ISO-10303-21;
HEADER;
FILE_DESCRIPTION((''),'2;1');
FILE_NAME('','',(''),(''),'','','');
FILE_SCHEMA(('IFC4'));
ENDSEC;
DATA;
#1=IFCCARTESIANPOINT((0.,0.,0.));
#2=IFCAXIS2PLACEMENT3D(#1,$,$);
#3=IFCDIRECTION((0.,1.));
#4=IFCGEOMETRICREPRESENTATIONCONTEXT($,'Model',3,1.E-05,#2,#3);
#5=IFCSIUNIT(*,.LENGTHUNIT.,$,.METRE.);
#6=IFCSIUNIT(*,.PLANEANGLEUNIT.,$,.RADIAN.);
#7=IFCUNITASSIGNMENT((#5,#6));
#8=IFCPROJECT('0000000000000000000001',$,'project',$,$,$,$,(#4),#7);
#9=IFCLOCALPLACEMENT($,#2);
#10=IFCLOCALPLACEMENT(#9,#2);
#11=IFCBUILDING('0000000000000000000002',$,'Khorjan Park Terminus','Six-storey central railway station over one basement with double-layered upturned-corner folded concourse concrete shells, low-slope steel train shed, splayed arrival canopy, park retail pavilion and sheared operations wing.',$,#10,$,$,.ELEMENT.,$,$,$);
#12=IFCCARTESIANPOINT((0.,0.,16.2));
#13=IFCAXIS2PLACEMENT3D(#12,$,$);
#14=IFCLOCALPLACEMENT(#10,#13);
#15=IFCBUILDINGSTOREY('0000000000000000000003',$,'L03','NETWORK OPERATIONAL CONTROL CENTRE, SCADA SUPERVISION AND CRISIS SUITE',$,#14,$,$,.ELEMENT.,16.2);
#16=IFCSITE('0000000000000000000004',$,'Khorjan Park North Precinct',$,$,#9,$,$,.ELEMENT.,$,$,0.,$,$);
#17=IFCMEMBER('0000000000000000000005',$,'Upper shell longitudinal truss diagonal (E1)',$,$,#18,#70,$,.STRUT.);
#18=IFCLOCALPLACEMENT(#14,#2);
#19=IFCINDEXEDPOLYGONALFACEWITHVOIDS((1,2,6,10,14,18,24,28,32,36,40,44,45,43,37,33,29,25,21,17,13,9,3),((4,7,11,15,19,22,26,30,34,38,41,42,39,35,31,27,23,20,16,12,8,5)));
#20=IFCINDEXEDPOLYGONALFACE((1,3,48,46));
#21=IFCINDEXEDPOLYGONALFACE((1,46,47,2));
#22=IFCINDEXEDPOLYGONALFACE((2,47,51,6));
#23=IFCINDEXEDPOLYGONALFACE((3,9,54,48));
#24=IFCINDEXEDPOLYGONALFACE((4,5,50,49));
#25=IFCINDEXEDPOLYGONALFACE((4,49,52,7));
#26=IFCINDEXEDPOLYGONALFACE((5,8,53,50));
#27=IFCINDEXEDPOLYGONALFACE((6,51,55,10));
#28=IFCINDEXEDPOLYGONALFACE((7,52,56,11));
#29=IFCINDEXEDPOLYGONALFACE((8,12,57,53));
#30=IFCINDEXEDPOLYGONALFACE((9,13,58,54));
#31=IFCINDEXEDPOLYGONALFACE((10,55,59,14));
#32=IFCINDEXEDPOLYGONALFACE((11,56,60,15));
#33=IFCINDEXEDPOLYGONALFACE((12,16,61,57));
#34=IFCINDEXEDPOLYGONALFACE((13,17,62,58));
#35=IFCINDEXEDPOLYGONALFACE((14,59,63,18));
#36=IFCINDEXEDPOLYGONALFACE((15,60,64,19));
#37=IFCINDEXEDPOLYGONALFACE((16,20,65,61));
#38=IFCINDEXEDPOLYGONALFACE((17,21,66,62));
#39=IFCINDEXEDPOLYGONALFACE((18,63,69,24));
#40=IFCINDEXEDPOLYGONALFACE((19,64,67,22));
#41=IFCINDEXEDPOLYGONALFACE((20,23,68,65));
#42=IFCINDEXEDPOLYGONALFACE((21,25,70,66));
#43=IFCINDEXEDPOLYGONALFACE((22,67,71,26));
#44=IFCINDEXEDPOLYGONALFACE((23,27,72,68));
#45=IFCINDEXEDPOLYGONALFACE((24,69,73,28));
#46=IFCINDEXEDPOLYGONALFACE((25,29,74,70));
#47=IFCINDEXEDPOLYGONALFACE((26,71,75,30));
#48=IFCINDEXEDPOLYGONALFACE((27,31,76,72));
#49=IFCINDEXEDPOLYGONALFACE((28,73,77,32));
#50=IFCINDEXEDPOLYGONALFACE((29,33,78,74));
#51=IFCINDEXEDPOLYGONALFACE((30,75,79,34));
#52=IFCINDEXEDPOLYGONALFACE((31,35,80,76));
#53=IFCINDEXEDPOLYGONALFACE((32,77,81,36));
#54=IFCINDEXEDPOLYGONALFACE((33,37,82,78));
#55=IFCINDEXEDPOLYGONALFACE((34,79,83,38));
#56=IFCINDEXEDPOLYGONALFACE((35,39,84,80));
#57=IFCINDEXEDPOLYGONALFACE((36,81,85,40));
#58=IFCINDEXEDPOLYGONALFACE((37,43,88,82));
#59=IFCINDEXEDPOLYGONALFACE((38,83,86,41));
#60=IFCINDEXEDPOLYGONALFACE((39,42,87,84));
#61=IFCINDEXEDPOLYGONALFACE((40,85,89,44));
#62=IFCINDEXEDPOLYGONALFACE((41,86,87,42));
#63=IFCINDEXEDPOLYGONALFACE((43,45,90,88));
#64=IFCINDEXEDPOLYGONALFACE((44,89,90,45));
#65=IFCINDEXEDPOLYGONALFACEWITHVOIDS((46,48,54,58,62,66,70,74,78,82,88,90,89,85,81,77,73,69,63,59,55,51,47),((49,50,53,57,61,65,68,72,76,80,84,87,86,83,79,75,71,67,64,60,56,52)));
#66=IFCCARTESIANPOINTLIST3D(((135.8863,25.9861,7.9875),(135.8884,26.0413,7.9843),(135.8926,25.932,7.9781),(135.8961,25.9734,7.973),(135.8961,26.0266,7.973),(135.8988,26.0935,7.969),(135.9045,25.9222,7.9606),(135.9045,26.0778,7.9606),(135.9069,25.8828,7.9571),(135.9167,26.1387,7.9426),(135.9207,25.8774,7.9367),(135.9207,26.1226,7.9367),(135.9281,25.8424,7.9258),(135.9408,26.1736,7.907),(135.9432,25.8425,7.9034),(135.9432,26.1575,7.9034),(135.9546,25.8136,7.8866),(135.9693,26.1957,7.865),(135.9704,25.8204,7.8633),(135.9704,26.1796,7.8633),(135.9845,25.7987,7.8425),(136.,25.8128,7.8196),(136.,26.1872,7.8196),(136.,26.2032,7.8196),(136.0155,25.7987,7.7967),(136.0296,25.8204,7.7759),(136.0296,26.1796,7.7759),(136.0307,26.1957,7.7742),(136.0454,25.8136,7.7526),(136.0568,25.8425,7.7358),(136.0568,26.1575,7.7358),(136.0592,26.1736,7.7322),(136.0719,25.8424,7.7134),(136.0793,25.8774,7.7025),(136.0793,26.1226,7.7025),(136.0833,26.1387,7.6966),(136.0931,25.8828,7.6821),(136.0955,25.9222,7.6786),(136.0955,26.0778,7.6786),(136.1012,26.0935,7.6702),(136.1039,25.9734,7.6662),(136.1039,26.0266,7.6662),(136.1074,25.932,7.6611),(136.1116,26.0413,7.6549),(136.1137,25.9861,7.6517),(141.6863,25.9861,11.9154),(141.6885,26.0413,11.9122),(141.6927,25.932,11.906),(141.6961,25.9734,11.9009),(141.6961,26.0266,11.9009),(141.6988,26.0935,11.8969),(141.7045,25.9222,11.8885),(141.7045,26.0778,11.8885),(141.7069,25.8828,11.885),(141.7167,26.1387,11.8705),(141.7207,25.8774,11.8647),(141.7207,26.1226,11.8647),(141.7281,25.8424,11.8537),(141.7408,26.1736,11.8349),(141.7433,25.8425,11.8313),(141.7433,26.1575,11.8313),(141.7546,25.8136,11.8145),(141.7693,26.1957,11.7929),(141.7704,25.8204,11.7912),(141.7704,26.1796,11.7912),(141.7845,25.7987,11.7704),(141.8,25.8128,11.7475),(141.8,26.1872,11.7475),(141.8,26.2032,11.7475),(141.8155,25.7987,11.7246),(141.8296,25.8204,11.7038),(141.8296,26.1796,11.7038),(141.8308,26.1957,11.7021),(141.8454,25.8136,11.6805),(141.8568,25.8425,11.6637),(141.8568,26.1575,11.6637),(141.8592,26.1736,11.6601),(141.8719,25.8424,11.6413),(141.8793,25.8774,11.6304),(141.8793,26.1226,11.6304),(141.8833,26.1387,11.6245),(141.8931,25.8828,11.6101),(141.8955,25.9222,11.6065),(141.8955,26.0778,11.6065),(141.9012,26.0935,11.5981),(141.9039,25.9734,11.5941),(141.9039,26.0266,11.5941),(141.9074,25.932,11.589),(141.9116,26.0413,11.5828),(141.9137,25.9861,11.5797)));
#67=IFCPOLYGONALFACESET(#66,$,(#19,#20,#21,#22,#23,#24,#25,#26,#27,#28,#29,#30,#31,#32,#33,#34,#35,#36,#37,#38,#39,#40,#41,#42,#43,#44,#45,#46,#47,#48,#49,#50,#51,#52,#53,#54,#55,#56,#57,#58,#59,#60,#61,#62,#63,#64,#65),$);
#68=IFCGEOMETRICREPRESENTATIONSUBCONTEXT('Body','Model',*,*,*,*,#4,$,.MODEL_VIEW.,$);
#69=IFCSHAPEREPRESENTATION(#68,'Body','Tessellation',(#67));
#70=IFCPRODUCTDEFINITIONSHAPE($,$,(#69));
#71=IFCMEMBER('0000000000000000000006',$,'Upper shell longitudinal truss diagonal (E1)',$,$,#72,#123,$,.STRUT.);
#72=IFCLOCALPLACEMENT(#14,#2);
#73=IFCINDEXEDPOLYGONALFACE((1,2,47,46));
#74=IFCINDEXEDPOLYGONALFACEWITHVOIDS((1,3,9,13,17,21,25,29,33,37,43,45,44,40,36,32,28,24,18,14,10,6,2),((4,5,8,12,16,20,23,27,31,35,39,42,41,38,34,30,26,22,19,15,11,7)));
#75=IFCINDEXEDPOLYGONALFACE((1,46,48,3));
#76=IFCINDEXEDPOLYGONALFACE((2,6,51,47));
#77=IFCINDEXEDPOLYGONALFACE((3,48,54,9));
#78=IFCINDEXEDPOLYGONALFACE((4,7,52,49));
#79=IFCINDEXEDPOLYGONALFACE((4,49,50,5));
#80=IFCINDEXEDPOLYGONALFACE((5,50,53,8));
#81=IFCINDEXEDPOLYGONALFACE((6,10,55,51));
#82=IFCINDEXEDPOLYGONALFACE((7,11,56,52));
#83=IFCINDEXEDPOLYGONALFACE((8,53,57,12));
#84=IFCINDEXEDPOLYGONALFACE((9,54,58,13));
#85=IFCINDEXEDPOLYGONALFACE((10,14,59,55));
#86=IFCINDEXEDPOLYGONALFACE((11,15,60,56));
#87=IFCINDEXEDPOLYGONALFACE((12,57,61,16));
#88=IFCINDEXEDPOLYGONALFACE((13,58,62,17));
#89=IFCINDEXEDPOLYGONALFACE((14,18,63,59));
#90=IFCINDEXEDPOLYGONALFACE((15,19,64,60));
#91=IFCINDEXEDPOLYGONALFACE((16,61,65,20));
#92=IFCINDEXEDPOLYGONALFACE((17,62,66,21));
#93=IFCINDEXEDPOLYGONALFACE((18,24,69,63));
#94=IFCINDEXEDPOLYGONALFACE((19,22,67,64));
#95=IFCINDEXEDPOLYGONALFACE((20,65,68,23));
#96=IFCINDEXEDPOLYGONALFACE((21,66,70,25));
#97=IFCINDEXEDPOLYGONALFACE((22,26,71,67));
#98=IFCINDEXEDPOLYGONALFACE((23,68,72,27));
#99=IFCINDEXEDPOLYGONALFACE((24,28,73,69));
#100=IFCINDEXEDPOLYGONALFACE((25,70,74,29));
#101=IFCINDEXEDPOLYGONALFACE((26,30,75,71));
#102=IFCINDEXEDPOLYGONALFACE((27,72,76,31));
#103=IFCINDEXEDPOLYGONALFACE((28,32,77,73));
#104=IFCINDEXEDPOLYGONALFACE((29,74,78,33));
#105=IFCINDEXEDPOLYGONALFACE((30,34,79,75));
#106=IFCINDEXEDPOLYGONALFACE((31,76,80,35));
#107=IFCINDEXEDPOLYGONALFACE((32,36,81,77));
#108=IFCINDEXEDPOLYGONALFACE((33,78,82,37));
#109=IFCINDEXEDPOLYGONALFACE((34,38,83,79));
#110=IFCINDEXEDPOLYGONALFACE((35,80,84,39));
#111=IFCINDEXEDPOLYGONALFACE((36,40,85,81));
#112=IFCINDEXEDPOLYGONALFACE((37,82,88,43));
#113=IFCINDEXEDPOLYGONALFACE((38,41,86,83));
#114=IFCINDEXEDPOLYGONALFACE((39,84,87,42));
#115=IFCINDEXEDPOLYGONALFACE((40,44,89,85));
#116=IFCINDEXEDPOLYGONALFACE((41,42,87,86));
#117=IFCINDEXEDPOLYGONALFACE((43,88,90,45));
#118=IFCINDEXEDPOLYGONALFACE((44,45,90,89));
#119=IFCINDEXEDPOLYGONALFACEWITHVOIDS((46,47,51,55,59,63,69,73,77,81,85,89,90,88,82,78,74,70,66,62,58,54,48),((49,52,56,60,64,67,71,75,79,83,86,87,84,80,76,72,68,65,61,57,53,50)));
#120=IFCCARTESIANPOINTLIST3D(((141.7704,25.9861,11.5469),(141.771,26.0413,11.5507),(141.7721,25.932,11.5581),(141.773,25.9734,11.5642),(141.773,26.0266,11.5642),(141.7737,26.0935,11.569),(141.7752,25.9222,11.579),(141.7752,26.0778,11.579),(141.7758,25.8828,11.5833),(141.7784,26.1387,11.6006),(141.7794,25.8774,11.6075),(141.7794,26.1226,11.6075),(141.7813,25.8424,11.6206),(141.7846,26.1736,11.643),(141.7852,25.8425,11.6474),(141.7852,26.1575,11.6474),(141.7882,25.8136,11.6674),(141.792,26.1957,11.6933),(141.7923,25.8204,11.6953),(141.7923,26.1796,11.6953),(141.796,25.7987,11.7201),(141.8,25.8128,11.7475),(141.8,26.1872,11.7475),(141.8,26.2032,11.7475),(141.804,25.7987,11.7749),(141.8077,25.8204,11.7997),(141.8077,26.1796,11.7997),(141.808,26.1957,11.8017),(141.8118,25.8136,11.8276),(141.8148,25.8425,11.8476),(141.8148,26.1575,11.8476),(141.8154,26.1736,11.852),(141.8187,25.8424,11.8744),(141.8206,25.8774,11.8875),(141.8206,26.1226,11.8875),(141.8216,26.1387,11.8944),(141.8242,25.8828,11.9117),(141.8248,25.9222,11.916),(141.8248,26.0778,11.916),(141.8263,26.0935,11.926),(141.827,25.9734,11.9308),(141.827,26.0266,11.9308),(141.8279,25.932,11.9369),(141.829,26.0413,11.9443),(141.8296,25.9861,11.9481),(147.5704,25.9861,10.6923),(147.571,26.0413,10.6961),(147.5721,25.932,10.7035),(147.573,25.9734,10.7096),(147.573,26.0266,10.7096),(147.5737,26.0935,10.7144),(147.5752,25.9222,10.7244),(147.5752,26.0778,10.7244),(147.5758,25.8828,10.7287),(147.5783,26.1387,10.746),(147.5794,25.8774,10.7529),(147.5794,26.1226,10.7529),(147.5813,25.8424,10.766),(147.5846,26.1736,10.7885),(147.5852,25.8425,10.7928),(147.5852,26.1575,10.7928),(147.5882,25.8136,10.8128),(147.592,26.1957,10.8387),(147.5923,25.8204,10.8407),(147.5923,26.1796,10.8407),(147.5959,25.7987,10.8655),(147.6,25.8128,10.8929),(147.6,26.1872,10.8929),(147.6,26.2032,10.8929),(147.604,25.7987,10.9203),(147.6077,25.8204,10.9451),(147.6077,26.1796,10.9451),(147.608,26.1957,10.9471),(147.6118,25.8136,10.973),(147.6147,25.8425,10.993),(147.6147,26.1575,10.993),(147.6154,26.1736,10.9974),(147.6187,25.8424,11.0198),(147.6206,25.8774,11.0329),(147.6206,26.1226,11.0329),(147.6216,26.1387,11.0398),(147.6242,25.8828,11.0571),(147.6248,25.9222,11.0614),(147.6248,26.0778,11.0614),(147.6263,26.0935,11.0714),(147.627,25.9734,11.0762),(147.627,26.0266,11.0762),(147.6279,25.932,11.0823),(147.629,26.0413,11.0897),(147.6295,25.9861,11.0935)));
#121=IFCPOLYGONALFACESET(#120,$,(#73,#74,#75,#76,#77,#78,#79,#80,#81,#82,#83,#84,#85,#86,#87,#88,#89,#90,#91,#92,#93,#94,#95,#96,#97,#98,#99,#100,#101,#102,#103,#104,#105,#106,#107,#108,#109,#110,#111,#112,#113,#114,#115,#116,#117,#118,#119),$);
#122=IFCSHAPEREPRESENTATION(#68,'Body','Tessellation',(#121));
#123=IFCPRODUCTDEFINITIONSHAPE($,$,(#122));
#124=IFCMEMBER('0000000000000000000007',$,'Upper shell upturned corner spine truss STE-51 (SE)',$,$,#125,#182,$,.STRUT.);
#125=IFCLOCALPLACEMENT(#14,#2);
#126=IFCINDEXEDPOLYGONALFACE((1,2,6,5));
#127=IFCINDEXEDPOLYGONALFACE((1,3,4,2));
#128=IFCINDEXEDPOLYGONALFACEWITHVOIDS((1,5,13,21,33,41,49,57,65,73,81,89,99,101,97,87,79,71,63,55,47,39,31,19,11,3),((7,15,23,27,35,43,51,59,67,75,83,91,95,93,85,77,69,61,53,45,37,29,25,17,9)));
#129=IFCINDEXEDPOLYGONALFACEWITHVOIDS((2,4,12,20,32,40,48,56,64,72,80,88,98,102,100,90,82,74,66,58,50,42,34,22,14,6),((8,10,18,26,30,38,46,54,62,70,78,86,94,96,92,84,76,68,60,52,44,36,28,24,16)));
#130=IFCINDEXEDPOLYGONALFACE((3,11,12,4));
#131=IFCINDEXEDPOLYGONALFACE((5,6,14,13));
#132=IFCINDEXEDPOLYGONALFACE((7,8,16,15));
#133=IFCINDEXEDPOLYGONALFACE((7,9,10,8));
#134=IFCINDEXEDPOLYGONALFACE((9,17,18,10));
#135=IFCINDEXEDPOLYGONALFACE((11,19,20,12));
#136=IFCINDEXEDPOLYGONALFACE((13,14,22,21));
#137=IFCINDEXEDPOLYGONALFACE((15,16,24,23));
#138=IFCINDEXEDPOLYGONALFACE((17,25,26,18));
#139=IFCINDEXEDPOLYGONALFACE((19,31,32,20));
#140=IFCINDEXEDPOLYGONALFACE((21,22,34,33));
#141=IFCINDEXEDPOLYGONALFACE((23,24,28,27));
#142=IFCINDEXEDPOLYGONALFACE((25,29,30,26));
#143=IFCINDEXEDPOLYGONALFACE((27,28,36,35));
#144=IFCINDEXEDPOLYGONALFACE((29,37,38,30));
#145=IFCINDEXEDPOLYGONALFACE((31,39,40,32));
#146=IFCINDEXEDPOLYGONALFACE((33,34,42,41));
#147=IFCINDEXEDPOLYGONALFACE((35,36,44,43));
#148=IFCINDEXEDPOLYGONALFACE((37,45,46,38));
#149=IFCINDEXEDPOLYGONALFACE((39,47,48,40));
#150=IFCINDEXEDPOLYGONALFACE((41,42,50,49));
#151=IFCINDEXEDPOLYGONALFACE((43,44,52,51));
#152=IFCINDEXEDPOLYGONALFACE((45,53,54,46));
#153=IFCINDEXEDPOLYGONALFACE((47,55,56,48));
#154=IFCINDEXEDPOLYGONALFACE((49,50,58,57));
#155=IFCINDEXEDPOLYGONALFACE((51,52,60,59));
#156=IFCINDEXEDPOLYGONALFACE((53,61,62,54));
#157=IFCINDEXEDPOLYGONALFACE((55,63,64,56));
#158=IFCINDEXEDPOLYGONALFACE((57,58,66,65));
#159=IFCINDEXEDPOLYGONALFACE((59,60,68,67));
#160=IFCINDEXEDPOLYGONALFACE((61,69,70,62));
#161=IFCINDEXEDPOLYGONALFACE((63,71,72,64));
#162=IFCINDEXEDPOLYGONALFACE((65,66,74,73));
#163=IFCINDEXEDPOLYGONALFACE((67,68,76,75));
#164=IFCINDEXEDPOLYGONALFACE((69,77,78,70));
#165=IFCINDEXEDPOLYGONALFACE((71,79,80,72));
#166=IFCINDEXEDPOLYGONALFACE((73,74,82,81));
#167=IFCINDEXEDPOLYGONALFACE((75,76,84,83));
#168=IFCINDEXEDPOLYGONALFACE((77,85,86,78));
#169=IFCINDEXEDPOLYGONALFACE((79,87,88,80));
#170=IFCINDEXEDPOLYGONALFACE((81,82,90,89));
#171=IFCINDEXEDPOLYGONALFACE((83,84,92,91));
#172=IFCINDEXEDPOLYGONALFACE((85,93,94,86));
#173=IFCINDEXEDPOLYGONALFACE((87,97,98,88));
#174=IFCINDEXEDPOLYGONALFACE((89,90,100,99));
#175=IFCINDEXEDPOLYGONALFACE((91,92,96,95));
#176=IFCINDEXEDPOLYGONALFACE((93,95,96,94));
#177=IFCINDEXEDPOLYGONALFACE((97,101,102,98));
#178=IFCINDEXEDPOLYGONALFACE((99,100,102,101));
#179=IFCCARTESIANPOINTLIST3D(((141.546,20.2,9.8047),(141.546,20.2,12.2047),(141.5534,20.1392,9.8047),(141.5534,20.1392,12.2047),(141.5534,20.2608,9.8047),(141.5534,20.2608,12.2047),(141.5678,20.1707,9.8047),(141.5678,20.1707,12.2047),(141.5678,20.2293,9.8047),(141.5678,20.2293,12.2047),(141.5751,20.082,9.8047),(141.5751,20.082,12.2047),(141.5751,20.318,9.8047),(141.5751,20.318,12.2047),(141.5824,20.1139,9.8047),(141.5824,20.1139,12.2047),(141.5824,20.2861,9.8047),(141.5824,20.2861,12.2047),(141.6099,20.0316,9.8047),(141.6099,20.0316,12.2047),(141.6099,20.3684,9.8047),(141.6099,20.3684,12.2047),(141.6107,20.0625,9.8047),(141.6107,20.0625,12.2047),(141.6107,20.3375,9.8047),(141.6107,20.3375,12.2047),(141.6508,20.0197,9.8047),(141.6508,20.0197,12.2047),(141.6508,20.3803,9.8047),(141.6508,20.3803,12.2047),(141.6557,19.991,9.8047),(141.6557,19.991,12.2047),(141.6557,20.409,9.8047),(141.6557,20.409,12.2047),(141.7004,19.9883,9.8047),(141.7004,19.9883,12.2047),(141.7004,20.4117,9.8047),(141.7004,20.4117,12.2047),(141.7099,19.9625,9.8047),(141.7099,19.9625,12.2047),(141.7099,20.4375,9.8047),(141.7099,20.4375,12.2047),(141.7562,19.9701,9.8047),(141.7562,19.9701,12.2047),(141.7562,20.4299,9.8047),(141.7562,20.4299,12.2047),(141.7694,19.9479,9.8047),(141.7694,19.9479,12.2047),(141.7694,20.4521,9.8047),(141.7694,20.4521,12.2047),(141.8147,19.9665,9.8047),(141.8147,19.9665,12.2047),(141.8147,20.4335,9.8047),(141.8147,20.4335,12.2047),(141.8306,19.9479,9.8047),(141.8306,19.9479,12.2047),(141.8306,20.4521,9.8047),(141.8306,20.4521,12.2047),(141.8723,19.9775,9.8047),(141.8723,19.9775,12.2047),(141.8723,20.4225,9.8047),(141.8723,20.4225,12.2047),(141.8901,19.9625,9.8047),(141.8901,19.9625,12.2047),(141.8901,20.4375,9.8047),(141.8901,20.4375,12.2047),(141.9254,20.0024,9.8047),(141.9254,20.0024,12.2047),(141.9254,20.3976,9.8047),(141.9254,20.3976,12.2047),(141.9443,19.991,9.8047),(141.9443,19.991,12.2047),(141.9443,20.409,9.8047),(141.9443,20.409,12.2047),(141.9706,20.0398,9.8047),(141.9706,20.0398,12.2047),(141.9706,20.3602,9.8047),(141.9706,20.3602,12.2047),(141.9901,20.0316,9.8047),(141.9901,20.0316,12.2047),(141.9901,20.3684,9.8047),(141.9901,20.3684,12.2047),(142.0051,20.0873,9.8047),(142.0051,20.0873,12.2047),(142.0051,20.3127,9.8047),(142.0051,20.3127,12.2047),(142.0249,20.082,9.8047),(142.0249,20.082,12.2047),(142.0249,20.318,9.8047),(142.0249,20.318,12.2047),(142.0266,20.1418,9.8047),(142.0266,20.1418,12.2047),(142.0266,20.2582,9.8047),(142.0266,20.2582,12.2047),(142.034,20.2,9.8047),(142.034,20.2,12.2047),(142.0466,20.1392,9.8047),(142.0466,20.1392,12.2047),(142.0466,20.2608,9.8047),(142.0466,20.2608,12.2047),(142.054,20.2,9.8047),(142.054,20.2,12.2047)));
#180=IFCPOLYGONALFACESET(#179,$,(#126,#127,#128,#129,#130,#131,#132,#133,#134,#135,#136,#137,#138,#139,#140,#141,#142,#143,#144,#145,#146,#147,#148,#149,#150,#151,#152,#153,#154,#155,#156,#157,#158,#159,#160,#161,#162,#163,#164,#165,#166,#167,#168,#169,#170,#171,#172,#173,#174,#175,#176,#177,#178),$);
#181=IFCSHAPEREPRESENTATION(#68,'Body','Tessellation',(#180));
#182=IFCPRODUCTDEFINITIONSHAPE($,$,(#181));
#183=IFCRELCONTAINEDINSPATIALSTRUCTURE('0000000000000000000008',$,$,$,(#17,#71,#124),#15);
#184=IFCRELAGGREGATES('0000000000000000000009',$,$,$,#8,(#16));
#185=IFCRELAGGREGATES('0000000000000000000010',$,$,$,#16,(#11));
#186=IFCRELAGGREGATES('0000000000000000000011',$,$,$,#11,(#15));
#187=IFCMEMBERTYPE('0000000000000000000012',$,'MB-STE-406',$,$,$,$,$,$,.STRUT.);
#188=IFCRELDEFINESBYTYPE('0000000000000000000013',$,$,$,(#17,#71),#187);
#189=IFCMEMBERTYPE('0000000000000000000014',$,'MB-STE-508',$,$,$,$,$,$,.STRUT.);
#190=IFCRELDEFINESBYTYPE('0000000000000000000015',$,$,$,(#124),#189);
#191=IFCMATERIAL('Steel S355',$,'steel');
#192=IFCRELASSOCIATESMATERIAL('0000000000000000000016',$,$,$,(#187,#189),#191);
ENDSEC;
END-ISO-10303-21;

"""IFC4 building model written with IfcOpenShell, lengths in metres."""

from ifc_helpers import new_model, si_unit, direction, frame, origin, origin_2d, place, context, subcontext, project, spatial, hollow_circle, extrude, material, material_profile, profile_set, type_object, element, save


model = new_model("IFC4")

# Units and contexts
model_context = context("Model", 3, precision=1e-05, world=origin(), true_north=direction((0.0, 1.0)))
body_context = subcontext(model_context, "Body", "Model", "MODEL_VIEW")
ifc_project = project(units=[si_unit("LENGTHUNIT", "METRE"), si_unit("PLANEANGLEUNIT", "RADIAN")], contexts=[model_context])

# Site, building, storey
site_placement = place(None, origin())
site = spatial("IfcSite", under=ifc_project, at=site_placement, Name="Khorjan Park North Precinct", CompositionType="ELEMENT", RefElevation=0.0)
building_placement = place(site_placement, origin())
building = spatial("IfcBuilding", under=site, at=building_placement, Name="Khorjan Park Terminus", Description="Six-storey central railway station over one basement with double-layered upturned-corner folded concourse concrete shells, low-slope steel train shed, splayed arrival canopy, park retail pavilion and sheared operations wing.", CompositionType="ELEMENT")
storey_placement = place(building_placement, frame((0.0, 0.0, 16.2)))
storey = spatial("IfcBuildingStorey", under=building, at=storey_placement, Name="L03", Description="NETWORK OPERATIONAL CONTROL CENTRE, SCADA SUPERVISION AND CRISIS SUITE", CompositionType="ELEMENT", Elevation=16.2)

# Members
ifc_material = material(Name="Steel S355", Category="steel")
ifc_material_profile_1 = material_profile(ifc_material, hollow_circle(Radius=0.2032, WallThickness=0.016, at=origin_2d()), Name="CHS 406.4x16")
ifc_profile_set_1 = profile_set([ifc_material_profile_1], Name="Steel S355")
member_type_1 = type_object("IfcMemberType", Name="MB-STE-406", PredefinedType="STRUT", material=ifc_profile_set_1)
member_1_placement = place(storey_placement, frame((136.0, 26.0, 7.8196), z_axis=(0.827994, 0.0, 0.560737), x_axis=(0.0, 1.0, 0.0)))
element("IfcMember", 1, at=member_1_placement, inside=storey, type_object=member_type_1, Name="Upper shell longitudinal truss diagonal (E1)", PredefinedType="STRUT", context=body_context, shape_type="SweptSolid", body=[
    extrude(hollow_circle(Radius=0.2032, WallThickness=0.016, at=origin_2d()), origin(), (0.0, 0.0, 1.0), 7.0049),
])
member_2_placement = place(storey_placement, frame((141.8, 26.0, 11.7475), z_axis=(0.989318, 0.0, -0.145771), x_axis=(0.0, 1.0, 0.0)))
element("IfcMember", 2, at=member_2_placement, inside=storey, type_object=member_type_1, Name="Upper shell longitudinal truss diagonal (E1)", PredefinedType="STRUT", context=body_context, shape_type="SweptSolid", body=[
    extrude(hollow_circle(Radius=0.2032, WallThickness=0.016, at=origin_2d()), origin(), (0.0, 0.0, 1.0), 5.8626),
])
ifc_material_profile_2 = material_profile(ifc_material, hollow_circle(Radius=0.254, WallThickness=0.02, at=origin_2d()), Name="CHS 508x20")
ifc_profile_set_2 = profile_set([ifc_material_profile_2], Name="Steel S355")
member_type_2 = type_object("IfcMemberType", Name="MB-STE-508", PredefinedType="STRUT", material=ifc_profile_set_2)
member_3_placement = place(storey_placement, frame((141.8, 20.2, 9.8047), z_axis=(0.0, 0.0, 1.0), x_axis=(1.0, 0.0, 0.0)))
element("IfcMember", 3, at=member_3_placement, inside=storey, type_object=member_type_2, Name="Upper shell upturned corner spine truss STE-51 (SE)", PredefinedType="STRUT", context=body_context, shape_type="SweptSolid", body=[
    extrude(hollow_circle(Radius=0.254, WallThickness=0.02, at=origin_2d()), origin(), (0.0, 0.0, 1.0), 2.4),
])

save(model, "model.ifc")
